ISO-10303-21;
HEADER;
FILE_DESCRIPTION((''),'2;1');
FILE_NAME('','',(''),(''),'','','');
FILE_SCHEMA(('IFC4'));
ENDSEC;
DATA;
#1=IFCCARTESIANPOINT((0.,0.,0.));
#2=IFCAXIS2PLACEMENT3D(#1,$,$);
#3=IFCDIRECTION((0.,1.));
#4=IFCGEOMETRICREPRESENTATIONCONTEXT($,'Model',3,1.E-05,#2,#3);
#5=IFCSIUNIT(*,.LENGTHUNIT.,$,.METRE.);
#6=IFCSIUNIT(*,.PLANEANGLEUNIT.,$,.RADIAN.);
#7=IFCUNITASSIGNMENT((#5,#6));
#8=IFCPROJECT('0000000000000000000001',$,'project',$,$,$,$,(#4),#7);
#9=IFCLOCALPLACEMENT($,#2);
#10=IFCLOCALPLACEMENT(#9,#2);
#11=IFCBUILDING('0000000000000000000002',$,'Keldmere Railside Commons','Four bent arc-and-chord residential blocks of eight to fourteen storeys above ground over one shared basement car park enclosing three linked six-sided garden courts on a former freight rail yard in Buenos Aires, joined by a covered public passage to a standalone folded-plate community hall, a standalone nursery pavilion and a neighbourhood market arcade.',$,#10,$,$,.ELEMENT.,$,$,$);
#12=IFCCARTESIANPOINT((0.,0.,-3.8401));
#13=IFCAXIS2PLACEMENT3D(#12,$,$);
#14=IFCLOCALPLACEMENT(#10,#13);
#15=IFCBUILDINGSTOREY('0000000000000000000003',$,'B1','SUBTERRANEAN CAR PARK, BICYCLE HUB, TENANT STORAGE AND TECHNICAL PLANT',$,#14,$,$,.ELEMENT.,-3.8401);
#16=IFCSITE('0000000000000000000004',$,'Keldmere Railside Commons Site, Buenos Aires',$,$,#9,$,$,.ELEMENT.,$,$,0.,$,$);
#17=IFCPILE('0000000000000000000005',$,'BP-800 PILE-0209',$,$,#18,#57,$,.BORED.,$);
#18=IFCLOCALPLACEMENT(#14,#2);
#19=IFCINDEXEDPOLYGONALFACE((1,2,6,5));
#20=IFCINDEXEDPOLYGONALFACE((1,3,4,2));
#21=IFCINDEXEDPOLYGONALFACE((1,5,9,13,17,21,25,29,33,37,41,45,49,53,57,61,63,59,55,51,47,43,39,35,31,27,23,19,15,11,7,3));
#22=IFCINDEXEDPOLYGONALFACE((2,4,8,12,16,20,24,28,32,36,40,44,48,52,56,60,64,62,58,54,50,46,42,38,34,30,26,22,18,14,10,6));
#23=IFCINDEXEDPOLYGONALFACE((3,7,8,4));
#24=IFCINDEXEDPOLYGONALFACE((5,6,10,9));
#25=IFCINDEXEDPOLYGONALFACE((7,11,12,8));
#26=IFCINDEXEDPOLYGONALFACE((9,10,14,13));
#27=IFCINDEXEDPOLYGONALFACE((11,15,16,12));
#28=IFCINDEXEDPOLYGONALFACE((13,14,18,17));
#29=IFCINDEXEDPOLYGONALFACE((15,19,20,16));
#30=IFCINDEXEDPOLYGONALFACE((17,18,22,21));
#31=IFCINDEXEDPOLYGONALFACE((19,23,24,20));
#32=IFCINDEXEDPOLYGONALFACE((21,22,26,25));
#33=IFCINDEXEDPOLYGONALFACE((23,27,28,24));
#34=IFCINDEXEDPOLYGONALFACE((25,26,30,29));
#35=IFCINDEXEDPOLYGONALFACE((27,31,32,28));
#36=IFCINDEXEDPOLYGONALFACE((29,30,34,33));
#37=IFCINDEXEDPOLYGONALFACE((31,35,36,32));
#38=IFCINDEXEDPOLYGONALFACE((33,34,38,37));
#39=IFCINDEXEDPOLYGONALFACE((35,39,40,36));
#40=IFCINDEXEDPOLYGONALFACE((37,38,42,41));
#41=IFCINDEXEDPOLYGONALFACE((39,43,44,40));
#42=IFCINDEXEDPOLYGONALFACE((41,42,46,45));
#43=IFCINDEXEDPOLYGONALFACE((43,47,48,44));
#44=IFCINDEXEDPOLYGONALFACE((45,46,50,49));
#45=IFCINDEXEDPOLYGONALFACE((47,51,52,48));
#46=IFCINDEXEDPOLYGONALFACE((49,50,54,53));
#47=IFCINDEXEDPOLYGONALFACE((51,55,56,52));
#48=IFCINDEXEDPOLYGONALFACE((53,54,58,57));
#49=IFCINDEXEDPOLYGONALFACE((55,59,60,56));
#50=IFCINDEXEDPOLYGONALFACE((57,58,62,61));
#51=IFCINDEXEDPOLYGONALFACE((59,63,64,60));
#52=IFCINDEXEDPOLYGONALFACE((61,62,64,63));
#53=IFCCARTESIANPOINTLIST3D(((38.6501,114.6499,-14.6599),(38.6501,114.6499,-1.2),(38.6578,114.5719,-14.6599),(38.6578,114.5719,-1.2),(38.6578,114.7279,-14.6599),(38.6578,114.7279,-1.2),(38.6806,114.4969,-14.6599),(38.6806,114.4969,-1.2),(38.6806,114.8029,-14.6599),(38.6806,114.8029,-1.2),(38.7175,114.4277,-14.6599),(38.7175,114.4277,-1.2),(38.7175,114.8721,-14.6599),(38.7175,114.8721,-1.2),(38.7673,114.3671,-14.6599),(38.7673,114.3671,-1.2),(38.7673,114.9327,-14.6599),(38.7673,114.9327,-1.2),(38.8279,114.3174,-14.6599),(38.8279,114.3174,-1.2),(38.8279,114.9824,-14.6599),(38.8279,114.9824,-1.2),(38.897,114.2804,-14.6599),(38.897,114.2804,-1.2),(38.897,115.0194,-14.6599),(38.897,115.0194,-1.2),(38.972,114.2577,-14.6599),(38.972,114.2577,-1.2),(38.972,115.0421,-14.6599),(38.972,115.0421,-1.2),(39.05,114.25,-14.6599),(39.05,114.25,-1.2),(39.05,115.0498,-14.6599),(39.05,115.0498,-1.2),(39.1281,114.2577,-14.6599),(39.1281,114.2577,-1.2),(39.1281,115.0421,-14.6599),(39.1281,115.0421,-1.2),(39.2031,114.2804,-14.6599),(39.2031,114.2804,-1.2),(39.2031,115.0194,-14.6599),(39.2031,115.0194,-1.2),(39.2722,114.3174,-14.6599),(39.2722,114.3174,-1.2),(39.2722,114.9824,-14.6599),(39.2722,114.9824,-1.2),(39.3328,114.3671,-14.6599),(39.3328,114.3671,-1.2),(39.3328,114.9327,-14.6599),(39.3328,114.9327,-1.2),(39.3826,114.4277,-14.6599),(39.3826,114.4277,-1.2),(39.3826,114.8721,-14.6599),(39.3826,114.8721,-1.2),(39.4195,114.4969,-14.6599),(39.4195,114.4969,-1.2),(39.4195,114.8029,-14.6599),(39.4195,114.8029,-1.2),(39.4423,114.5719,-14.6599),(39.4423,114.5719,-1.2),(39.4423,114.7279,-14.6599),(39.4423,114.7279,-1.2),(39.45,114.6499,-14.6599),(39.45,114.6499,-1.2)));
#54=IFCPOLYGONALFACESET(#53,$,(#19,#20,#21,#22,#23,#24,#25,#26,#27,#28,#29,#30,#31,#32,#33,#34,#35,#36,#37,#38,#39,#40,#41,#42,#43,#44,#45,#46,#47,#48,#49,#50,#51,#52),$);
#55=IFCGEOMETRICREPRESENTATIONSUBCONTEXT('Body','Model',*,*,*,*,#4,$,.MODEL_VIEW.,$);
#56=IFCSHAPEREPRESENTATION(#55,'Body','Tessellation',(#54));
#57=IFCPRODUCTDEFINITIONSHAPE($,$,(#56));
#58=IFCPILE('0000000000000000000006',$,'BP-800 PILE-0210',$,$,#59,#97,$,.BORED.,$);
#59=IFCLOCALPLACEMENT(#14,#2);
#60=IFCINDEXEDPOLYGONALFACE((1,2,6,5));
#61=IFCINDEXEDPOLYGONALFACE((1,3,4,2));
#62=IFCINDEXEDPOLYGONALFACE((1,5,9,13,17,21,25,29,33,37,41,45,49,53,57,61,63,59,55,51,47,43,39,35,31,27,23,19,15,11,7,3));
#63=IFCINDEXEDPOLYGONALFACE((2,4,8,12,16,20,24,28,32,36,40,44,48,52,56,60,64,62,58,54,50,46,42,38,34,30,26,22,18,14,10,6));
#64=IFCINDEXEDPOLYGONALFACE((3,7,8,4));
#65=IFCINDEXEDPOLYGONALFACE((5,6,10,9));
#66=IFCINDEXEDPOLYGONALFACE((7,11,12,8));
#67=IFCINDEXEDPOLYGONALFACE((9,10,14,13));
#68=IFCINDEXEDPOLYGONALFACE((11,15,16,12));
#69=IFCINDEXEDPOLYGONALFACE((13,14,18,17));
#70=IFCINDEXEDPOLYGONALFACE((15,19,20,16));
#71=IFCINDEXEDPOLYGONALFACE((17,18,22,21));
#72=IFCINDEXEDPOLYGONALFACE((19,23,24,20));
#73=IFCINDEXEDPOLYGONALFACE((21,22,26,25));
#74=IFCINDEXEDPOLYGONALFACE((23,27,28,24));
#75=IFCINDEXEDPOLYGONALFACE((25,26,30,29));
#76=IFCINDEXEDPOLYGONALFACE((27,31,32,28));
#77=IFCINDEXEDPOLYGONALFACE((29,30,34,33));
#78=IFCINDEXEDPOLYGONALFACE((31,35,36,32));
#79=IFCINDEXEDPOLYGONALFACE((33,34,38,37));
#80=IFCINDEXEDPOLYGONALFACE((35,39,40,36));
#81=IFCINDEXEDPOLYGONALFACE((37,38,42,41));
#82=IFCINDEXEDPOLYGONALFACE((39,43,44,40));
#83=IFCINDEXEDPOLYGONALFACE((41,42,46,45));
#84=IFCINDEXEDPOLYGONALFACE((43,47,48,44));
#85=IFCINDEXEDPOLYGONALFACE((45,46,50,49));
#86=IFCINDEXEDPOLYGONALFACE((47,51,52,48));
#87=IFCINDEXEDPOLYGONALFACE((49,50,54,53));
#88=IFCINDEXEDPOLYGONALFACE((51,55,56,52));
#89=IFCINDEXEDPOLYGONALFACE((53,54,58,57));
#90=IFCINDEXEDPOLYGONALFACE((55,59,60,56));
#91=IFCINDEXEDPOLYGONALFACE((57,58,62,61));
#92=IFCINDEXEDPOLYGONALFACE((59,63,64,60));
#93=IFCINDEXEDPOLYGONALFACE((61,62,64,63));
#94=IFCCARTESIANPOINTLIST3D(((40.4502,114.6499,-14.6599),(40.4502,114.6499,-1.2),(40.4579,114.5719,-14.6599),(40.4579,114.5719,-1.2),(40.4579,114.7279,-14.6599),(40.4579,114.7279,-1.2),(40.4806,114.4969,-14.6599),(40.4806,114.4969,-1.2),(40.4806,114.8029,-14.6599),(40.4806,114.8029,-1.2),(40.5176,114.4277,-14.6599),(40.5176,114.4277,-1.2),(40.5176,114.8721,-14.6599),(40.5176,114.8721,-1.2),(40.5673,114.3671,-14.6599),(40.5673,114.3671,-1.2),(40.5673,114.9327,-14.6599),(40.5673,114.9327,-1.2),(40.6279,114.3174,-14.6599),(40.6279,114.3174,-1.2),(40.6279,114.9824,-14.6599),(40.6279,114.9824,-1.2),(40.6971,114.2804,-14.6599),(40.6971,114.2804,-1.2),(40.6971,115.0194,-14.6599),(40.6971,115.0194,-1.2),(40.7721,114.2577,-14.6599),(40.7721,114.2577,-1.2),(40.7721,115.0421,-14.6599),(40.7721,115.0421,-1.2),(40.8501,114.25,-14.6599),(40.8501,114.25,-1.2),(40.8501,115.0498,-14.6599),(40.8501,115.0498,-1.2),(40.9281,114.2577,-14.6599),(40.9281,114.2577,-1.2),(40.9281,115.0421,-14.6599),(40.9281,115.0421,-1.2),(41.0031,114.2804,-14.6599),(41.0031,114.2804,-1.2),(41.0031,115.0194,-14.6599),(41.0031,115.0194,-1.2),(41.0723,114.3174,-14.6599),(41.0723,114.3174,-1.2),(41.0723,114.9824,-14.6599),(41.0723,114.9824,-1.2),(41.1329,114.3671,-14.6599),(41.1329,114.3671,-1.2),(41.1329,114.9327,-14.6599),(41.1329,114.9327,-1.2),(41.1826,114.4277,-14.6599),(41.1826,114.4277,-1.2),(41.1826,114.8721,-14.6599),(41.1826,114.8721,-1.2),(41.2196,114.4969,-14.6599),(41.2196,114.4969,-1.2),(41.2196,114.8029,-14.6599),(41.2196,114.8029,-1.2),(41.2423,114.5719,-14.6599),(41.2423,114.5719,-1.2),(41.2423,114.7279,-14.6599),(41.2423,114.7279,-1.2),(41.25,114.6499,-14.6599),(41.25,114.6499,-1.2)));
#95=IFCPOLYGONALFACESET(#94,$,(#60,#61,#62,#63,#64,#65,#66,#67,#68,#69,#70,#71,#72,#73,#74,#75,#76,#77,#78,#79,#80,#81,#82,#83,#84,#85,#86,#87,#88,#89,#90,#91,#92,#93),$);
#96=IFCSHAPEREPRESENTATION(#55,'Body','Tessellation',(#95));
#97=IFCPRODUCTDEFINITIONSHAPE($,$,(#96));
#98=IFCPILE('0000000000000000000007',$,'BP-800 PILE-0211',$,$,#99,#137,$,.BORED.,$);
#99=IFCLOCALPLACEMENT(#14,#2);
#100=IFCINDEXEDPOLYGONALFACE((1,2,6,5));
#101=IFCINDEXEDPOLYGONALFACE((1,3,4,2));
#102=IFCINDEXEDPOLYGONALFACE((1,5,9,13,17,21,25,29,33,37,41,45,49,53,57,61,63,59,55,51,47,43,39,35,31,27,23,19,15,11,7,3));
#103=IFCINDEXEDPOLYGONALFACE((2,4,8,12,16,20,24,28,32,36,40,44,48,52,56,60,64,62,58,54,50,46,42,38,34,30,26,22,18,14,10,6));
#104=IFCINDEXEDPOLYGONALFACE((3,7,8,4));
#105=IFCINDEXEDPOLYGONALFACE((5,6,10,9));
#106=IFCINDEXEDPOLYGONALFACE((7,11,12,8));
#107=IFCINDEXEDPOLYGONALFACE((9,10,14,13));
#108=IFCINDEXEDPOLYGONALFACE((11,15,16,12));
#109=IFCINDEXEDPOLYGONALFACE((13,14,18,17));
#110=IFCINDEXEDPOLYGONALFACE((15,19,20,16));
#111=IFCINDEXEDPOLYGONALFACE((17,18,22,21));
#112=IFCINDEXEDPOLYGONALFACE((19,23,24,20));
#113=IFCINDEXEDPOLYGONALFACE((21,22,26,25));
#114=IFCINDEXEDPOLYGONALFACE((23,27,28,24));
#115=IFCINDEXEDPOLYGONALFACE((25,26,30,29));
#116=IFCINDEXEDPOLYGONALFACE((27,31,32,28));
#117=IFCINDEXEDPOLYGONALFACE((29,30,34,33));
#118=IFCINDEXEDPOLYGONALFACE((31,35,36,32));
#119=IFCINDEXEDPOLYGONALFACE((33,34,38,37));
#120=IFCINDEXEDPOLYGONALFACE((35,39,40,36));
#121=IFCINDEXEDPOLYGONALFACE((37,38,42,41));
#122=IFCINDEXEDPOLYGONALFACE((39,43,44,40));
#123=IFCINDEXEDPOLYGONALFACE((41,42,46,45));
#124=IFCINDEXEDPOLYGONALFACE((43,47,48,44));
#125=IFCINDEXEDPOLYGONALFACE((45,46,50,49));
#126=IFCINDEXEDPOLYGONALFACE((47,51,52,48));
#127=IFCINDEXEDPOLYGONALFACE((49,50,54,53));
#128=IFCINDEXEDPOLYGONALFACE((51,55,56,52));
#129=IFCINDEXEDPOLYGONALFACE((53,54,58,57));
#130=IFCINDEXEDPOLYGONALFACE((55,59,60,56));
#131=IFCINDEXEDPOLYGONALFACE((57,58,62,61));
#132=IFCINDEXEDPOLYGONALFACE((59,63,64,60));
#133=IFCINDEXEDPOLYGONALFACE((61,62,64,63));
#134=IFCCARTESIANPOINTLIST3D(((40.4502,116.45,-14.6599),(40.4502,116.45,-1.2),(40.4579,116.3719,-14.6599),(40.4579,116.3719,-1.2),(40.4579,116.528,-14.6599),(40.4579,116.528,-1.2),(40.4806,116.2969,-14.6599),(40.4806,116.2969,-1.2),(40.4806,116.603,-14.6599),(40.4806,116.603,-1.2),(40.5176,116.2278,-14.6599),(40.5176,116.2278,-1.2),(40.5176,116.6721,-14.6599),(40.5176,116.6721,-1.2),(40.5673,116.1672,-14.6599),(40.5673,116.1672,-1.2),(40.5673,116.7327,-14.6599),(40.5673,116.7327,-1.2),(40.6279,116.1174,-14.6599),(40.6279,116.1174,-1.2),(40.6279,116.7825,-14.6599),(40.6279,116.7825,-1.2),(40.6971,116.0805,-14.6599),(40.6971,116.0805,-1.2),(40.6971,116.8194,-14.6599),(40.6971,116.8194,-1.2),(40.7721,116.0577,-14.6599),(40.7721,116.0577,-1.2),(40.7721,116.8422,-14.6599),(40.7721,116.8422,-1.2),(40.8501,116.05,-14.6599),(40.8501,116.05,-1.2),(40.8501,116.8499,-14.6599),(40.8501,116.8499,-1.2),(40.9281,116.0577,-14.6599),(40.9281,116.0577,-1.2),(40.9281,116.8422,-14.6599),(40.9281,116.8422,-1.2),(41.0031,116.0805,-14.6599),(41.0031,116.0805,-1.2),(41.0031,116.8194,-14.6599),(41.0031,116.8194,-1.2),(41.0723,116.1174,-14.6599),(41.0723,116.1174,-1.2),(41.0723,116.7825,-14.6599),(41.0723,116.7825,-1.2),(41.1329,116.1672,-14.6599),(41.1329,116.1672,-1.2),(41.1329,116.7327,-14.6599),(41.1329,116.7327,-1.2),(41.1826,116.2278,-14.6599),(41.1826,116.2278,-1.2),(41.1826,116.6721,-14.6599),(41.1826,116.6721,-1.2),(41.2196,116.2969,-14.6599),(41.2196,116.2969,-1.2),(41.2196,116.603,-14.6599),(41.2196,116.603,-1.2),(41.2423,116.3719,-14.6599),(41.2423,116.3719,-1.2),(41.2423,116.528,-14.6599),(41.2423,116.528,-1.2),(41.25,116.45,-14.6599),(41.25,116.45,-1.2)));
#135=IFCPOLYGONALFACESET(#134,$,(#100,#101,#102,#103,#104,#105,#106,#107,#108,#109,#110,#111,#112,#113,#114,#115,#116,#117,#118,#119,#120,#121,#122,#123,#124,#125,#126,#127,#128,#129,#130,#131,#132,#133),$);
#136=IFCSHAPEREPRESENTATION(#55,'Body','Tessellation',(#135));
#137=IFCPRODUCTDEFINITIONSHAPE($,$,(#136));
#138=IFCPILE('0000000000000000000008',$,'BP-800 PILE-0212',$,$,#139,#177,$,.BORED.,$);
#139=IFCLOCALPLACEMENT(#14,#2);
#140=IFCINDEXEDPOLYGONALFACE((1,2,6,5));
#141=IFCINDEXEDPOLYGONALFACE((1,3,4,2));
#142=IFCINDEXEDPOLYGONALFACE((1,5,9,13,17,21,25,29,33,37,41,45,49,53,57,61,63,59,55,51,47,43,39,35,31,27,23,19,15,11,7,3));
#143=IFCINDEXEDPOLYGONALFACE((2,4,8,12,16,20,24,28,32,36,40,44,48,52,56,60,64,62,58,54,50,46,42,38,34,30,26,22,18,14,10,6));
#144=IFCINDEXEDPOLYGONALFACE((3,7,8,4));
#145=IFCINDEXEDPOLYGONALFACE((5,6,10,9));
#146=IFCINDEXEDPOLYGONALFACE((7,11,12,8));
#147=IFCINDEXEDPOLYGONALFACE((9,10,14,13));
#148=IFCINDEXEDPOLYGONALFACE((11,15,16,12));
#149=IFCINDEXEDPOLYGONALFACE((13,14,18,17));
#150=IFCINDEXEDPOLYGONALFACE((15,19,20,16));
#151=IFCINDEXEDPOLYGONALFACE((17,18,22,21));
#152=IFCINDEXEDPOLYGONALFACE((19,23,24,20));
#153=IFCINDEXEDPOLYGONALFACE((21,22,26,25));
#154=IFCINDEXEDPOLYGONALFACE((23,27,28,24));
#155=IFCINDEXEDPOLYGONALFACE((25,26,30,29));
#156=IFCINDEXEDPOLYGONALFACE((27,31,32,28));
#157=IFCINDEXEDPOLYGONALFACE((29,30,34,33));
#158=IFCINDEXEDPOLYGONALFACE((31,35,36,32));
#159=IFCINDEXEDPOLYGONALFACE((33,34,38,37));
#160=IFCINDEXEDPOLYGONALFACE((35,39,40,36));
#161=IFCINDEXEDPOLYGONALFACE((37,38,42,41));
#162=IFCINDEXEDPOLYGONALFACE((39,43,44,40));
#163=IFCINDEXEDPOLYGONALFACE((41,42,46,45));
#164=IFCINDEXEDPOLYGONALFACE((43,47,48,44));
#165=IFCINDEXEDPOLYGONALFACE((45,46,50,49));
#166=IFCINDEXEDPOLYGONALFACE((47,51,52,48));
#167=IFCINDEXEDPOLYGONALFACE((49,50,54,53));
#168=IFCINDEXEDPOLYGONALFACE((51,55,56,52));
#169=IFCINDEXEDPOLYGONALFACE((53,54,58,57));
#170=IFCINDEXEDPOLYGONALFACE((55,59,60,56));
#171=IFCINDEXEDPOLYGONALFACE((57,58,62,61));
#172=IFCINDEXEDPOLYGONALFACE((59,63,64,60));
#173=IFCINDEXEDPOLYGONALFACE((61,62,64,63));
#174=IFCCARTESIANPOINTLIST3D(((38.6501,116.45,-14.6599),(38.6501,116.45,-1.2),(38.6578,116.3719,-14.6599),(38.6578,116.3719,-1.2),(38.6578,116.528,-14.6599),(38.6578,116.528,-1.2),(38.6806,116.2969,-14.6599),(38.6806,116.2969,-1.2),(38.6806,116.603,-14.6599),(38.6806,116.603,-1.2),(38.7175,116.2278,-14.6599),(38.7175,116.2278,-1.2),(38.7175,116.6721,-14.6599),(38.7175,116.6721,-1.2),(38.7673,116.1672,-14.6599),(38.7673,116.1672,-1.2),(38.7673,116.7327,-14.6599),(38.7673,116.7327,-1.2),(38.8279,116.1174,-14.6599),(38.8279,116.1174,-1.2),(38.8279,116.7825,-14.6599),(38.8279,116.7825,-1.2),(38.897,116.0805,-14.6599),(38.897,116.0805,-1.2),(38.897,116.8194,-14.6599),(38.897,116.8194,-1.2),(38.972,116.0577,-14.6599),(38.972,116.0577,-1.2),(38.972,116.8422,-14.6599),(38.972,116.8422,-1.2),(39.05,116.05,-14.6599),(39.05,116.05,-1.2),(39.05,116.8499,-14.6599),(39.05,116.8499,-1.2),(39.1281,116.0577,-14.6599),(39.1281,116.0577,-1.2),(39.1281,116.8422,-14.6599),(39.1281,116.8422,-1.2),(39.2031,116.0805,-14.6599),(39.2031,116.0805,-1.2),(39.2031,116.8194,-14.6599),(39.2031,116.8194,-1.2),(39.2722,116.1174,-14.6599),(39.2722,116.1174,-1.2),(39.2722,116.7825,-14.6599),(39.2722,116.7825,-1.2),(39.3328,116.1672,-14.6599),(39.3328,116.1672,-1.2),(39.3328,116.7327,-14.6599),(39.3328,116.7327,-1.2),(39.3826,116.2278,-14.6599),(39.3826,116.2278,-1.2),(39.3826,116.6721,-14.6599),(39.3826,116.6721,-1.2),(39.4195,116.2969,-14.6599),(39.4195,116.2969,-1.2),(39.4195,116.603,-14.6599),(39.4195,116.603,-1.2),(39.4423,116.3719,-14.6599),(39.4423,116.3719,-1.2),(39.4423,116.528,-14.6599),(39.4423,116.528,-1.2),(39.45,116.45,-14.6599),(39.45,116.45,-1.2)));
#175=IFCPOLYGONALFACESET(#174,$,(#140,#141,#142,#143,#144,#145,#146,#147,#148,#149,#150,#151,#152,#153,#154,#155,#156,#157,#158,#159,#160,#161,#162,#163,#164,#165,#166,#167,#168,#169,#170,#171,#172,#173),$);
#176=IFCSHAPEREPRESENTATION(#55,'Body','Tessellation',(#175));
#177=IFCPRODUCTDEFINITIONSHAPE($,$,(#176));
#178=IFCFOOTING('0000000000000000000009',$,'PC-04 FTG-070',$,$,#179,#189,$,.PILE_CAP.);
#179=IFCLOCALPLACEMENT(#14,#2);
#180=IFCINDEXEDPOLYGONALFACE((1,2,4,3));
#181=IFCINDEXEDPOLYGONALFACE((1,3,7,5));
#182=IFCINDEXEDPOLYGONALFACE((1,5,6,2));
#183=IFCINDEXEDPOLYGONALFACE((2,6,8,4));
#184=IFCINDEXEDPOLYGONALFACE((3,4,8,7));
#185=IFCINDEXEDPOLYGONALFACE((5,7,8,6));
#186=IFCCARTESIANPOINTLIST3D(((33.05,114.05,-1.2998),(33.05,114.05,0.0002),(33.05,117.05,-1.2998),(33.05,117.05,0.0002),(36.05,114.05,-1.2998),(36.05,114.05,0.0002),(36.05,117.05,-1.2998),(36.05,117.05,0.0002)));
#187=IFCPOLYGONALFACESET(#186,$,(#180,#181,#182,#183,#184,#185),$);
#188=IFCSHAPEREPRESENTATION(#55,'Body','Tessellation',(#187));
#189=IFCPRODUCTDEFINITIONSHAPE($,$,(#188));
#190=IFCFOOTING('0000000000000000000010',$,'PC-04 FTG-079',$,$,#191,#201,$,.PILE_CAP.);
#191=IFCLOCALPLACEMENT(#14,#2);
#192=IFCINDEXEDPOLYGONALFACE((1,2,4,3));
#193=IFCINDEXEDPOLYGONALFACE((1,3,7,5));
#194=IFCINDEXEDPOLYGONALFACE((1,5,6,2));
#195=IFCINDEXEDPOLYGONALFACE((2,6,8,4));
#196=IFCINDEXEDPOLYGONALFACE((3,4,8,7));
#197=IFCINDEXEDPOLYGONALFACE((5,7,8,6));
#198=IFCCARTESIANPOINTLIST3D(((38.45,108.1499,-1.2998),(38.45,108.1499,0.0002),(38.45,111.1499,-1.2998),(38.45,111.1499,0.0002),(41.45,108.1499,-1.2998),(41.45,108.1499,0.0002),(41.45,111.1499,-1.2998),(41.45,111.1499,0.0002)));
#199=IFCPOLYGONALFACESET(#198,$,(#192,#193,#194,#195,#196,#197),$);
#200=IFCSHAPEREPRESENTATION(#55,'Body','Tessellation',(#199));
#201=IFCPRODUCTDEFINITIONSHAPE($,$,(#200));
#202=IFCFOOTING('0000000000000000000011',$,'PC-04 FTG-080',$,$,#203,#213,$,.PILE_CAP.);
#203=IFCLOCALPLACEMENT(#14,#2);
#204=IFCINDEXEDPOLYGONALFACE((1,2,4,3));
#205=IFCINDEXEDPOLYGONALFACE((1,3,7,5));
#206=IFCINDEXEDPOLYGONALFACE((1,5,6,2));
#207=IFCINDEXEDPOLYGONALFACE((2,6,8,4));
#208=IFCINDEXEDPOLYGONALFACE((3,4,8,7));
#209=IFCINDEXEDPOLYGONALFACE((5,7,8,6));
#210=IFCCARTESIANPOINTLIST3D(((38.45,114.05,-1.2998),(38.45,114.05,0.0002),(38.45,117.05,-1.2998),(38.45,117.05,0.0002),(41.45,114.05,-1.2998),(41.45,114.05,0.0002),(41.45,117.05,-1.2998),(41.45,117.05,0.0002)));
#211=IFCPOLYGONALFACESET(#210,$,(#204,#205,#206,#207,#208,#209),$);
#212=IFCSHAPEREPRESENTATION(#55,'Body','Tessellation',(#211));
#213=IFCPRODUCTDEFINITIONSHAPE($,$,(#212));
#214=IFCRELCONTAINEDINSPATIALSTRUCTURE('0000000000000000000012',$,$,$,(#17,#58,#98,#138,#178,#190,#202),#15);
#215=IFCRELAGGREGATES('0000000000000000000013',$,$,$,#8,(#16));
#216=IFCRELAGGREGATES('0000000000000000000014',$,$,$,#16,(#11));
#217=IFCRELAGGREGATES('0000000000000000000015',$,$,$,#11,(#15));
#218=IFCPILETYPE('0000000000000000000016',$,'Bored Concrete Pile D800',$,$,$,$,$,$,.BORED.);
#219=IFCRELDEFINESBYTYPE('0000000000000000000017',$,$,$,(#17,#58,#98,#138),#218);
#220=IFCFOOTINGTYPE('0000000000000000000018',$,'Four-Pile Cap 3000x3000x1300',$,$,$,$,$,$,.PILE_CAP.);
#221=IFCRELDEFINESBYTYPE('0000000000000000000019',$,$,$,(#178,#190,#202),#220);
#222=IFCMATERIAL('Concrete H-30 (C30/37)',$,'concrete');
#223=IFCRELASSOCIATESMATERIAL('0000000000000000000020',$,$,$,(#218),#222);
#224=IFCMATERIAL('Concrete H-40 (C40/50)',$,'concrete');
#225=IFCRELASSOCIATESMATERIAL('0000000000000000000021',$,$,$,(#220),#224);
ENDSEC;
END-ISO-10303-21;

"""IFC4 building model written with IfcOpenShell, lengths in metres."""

from ifc_helpers import new_model, si_unit, direction, frame, origin, origin_2d, place, context, subcontext, project, spatial, rectangle, circle, extrude, material, material_profile, profile_set, type_object, element, save


model = new_model("IFC4")

# Units and contexts
model_context = context("Model", 3, precision=1e-05, world=origin(), true_north=direction((0.0, 1.0)))
body_context = subcontext(model_context, "Body", "Model", "MODEL_VIEW")
ifc_project = project(units=[si_unit("LENGTHUNIT", "METRE"), si_unit("PLANEANGLEUNIT", "RADIAN")], contexts=[model_context])

# Site, building, storey
site_placement = place(None, origin())
site = spatial("IfcSite", under=ifc_project, at=site_placement, Name="Keldmere Railside Commons Site, Buenos Aires", CompositionType="ELEMENT", RefElevation=0.0)
building_placement = place(site_placement, origin())
building = spatial("IfcBuilding", under=site, at=building_placement, Name="Keldmere Railside Commons", Description="Four bent arc-and-chord residential blocks of eight to fourteen storeys above ground over one shared basement car park enclosing three linked six-sided garden courts on a former freight rail yard in Buenos Aires, joined by a covered public passage to a standalone folded-plate community hall, a standalone nursery pavilion and a neighbourhood market arcade.", CompositionType="ELEMENT")
storey_placement = place(building_placement, frame((0.0, 0.0, -3.8401)))
storey = spatial("IfcBuildingStorey", under=building, at=storey_placement, Name="B1", Description="SUBTERRANEAN CAR PARK, BICYCLE HUB, TENANT STORAGE AND TECHNICAL PLANT", CompositionType="ELEMENT", Elevation=-3.8401)

# Piles
ifc_material_1 = material(Name="Concrete H-30 (C30/37)", Category="concrete")
ifc_material_profile_1 = material_profile(ifc_material_1, circle(Radius=0.3999, at=origin_2d()), Name="PILE-D800")
ifc_profile_set_1 = profile_set([ifc_material_profile_1], Name="Concrete H-30 (C30/37)")
pile_type = type_object("IfcPileType", Name="Bored Concrete Pile D800", PredefinedType="BORED", material=ifc_profile_set_1)
for number, where, z_axis, x_axis, name in (
    (1, (39.05, 114.6499, -1.2), (0.0, 0.0, -1.0), (1.0, 0.0, 0.0), "BP-800 PILE-0209"),
    (2, (40.8501, 114.6499, -1.2), (0.0, 0.0, -1.0), (1.0, 0.0, 0.0), "BP-800 PILE-0210"),
    (3, (40.8501, 116.45, -1.2), (0.0, 0.0, -1.0), (1.0, 0.0, 0.0), "BP-800 PILE-0211"),
    (4, (39.05, 116.45, -1.2), (0.0, 0.0, -1.0), (1.0, 0.0, 0.0), "BP-800 PILE-0212"),
):
    element("IfcPile", number, at=place(storey_placement, frame(where, z_axis=z_axis, x_axis=x_axis)), inside=storey, type_object=pile_type, Name=name, PredefinedType="BORED", context=body_context, shape_type="SweptSolid", body=[
        extrude(circle(Radius=0.3999, at=origin_2d()), origin(), (0.0, 0.0, 1.0), 13.46),
    ])

# Footings
ifc_material_2 = material(Name="Concrete H-40 (C40/50)", Category="concrete")
footing_type_1 = type_object("IfcFootingType", Name="Four-Pile Cap 3000x3000x1300", PredefinedType="PILE_CAP", material=ifc_material_2)
for number, where, z_axis, x_axis, name in (
    (5, (34.55, 115.55, -1.2998), (0.0, 0.0, 1.0), (1.0, 0.0, 0.0), "PC-04 FTG-070"),
    (6, (39.95, 109.6499, -1.2998), (0.0, 0.0, 1.0), (1.0, 0.0, 0.0), "PC-04 FTG-079"),
    (7, (39.95, 115.55, -1.2998), (0.0, 0.0, 1.0), (1.0, 0.0, 0.0), "PC-04 FTG-080"),
):
    element("IfcFooting", number, at=place(storey_placement, frame(where, z_axis=z_axis, x_axis=x_axis)), inside=storey, type_object=footing_type_1, Name=name, PredefinedType="PILE_CAP", context=body_context, shape_type="SweptSolid", body=[
        extrude(rectangle(XDim=3.0, YDim=3.0, at=origin_2d()), origin(), (0.0, 0.0, 1.0), 1.3),
    ])

save(model, "model.ifc")
